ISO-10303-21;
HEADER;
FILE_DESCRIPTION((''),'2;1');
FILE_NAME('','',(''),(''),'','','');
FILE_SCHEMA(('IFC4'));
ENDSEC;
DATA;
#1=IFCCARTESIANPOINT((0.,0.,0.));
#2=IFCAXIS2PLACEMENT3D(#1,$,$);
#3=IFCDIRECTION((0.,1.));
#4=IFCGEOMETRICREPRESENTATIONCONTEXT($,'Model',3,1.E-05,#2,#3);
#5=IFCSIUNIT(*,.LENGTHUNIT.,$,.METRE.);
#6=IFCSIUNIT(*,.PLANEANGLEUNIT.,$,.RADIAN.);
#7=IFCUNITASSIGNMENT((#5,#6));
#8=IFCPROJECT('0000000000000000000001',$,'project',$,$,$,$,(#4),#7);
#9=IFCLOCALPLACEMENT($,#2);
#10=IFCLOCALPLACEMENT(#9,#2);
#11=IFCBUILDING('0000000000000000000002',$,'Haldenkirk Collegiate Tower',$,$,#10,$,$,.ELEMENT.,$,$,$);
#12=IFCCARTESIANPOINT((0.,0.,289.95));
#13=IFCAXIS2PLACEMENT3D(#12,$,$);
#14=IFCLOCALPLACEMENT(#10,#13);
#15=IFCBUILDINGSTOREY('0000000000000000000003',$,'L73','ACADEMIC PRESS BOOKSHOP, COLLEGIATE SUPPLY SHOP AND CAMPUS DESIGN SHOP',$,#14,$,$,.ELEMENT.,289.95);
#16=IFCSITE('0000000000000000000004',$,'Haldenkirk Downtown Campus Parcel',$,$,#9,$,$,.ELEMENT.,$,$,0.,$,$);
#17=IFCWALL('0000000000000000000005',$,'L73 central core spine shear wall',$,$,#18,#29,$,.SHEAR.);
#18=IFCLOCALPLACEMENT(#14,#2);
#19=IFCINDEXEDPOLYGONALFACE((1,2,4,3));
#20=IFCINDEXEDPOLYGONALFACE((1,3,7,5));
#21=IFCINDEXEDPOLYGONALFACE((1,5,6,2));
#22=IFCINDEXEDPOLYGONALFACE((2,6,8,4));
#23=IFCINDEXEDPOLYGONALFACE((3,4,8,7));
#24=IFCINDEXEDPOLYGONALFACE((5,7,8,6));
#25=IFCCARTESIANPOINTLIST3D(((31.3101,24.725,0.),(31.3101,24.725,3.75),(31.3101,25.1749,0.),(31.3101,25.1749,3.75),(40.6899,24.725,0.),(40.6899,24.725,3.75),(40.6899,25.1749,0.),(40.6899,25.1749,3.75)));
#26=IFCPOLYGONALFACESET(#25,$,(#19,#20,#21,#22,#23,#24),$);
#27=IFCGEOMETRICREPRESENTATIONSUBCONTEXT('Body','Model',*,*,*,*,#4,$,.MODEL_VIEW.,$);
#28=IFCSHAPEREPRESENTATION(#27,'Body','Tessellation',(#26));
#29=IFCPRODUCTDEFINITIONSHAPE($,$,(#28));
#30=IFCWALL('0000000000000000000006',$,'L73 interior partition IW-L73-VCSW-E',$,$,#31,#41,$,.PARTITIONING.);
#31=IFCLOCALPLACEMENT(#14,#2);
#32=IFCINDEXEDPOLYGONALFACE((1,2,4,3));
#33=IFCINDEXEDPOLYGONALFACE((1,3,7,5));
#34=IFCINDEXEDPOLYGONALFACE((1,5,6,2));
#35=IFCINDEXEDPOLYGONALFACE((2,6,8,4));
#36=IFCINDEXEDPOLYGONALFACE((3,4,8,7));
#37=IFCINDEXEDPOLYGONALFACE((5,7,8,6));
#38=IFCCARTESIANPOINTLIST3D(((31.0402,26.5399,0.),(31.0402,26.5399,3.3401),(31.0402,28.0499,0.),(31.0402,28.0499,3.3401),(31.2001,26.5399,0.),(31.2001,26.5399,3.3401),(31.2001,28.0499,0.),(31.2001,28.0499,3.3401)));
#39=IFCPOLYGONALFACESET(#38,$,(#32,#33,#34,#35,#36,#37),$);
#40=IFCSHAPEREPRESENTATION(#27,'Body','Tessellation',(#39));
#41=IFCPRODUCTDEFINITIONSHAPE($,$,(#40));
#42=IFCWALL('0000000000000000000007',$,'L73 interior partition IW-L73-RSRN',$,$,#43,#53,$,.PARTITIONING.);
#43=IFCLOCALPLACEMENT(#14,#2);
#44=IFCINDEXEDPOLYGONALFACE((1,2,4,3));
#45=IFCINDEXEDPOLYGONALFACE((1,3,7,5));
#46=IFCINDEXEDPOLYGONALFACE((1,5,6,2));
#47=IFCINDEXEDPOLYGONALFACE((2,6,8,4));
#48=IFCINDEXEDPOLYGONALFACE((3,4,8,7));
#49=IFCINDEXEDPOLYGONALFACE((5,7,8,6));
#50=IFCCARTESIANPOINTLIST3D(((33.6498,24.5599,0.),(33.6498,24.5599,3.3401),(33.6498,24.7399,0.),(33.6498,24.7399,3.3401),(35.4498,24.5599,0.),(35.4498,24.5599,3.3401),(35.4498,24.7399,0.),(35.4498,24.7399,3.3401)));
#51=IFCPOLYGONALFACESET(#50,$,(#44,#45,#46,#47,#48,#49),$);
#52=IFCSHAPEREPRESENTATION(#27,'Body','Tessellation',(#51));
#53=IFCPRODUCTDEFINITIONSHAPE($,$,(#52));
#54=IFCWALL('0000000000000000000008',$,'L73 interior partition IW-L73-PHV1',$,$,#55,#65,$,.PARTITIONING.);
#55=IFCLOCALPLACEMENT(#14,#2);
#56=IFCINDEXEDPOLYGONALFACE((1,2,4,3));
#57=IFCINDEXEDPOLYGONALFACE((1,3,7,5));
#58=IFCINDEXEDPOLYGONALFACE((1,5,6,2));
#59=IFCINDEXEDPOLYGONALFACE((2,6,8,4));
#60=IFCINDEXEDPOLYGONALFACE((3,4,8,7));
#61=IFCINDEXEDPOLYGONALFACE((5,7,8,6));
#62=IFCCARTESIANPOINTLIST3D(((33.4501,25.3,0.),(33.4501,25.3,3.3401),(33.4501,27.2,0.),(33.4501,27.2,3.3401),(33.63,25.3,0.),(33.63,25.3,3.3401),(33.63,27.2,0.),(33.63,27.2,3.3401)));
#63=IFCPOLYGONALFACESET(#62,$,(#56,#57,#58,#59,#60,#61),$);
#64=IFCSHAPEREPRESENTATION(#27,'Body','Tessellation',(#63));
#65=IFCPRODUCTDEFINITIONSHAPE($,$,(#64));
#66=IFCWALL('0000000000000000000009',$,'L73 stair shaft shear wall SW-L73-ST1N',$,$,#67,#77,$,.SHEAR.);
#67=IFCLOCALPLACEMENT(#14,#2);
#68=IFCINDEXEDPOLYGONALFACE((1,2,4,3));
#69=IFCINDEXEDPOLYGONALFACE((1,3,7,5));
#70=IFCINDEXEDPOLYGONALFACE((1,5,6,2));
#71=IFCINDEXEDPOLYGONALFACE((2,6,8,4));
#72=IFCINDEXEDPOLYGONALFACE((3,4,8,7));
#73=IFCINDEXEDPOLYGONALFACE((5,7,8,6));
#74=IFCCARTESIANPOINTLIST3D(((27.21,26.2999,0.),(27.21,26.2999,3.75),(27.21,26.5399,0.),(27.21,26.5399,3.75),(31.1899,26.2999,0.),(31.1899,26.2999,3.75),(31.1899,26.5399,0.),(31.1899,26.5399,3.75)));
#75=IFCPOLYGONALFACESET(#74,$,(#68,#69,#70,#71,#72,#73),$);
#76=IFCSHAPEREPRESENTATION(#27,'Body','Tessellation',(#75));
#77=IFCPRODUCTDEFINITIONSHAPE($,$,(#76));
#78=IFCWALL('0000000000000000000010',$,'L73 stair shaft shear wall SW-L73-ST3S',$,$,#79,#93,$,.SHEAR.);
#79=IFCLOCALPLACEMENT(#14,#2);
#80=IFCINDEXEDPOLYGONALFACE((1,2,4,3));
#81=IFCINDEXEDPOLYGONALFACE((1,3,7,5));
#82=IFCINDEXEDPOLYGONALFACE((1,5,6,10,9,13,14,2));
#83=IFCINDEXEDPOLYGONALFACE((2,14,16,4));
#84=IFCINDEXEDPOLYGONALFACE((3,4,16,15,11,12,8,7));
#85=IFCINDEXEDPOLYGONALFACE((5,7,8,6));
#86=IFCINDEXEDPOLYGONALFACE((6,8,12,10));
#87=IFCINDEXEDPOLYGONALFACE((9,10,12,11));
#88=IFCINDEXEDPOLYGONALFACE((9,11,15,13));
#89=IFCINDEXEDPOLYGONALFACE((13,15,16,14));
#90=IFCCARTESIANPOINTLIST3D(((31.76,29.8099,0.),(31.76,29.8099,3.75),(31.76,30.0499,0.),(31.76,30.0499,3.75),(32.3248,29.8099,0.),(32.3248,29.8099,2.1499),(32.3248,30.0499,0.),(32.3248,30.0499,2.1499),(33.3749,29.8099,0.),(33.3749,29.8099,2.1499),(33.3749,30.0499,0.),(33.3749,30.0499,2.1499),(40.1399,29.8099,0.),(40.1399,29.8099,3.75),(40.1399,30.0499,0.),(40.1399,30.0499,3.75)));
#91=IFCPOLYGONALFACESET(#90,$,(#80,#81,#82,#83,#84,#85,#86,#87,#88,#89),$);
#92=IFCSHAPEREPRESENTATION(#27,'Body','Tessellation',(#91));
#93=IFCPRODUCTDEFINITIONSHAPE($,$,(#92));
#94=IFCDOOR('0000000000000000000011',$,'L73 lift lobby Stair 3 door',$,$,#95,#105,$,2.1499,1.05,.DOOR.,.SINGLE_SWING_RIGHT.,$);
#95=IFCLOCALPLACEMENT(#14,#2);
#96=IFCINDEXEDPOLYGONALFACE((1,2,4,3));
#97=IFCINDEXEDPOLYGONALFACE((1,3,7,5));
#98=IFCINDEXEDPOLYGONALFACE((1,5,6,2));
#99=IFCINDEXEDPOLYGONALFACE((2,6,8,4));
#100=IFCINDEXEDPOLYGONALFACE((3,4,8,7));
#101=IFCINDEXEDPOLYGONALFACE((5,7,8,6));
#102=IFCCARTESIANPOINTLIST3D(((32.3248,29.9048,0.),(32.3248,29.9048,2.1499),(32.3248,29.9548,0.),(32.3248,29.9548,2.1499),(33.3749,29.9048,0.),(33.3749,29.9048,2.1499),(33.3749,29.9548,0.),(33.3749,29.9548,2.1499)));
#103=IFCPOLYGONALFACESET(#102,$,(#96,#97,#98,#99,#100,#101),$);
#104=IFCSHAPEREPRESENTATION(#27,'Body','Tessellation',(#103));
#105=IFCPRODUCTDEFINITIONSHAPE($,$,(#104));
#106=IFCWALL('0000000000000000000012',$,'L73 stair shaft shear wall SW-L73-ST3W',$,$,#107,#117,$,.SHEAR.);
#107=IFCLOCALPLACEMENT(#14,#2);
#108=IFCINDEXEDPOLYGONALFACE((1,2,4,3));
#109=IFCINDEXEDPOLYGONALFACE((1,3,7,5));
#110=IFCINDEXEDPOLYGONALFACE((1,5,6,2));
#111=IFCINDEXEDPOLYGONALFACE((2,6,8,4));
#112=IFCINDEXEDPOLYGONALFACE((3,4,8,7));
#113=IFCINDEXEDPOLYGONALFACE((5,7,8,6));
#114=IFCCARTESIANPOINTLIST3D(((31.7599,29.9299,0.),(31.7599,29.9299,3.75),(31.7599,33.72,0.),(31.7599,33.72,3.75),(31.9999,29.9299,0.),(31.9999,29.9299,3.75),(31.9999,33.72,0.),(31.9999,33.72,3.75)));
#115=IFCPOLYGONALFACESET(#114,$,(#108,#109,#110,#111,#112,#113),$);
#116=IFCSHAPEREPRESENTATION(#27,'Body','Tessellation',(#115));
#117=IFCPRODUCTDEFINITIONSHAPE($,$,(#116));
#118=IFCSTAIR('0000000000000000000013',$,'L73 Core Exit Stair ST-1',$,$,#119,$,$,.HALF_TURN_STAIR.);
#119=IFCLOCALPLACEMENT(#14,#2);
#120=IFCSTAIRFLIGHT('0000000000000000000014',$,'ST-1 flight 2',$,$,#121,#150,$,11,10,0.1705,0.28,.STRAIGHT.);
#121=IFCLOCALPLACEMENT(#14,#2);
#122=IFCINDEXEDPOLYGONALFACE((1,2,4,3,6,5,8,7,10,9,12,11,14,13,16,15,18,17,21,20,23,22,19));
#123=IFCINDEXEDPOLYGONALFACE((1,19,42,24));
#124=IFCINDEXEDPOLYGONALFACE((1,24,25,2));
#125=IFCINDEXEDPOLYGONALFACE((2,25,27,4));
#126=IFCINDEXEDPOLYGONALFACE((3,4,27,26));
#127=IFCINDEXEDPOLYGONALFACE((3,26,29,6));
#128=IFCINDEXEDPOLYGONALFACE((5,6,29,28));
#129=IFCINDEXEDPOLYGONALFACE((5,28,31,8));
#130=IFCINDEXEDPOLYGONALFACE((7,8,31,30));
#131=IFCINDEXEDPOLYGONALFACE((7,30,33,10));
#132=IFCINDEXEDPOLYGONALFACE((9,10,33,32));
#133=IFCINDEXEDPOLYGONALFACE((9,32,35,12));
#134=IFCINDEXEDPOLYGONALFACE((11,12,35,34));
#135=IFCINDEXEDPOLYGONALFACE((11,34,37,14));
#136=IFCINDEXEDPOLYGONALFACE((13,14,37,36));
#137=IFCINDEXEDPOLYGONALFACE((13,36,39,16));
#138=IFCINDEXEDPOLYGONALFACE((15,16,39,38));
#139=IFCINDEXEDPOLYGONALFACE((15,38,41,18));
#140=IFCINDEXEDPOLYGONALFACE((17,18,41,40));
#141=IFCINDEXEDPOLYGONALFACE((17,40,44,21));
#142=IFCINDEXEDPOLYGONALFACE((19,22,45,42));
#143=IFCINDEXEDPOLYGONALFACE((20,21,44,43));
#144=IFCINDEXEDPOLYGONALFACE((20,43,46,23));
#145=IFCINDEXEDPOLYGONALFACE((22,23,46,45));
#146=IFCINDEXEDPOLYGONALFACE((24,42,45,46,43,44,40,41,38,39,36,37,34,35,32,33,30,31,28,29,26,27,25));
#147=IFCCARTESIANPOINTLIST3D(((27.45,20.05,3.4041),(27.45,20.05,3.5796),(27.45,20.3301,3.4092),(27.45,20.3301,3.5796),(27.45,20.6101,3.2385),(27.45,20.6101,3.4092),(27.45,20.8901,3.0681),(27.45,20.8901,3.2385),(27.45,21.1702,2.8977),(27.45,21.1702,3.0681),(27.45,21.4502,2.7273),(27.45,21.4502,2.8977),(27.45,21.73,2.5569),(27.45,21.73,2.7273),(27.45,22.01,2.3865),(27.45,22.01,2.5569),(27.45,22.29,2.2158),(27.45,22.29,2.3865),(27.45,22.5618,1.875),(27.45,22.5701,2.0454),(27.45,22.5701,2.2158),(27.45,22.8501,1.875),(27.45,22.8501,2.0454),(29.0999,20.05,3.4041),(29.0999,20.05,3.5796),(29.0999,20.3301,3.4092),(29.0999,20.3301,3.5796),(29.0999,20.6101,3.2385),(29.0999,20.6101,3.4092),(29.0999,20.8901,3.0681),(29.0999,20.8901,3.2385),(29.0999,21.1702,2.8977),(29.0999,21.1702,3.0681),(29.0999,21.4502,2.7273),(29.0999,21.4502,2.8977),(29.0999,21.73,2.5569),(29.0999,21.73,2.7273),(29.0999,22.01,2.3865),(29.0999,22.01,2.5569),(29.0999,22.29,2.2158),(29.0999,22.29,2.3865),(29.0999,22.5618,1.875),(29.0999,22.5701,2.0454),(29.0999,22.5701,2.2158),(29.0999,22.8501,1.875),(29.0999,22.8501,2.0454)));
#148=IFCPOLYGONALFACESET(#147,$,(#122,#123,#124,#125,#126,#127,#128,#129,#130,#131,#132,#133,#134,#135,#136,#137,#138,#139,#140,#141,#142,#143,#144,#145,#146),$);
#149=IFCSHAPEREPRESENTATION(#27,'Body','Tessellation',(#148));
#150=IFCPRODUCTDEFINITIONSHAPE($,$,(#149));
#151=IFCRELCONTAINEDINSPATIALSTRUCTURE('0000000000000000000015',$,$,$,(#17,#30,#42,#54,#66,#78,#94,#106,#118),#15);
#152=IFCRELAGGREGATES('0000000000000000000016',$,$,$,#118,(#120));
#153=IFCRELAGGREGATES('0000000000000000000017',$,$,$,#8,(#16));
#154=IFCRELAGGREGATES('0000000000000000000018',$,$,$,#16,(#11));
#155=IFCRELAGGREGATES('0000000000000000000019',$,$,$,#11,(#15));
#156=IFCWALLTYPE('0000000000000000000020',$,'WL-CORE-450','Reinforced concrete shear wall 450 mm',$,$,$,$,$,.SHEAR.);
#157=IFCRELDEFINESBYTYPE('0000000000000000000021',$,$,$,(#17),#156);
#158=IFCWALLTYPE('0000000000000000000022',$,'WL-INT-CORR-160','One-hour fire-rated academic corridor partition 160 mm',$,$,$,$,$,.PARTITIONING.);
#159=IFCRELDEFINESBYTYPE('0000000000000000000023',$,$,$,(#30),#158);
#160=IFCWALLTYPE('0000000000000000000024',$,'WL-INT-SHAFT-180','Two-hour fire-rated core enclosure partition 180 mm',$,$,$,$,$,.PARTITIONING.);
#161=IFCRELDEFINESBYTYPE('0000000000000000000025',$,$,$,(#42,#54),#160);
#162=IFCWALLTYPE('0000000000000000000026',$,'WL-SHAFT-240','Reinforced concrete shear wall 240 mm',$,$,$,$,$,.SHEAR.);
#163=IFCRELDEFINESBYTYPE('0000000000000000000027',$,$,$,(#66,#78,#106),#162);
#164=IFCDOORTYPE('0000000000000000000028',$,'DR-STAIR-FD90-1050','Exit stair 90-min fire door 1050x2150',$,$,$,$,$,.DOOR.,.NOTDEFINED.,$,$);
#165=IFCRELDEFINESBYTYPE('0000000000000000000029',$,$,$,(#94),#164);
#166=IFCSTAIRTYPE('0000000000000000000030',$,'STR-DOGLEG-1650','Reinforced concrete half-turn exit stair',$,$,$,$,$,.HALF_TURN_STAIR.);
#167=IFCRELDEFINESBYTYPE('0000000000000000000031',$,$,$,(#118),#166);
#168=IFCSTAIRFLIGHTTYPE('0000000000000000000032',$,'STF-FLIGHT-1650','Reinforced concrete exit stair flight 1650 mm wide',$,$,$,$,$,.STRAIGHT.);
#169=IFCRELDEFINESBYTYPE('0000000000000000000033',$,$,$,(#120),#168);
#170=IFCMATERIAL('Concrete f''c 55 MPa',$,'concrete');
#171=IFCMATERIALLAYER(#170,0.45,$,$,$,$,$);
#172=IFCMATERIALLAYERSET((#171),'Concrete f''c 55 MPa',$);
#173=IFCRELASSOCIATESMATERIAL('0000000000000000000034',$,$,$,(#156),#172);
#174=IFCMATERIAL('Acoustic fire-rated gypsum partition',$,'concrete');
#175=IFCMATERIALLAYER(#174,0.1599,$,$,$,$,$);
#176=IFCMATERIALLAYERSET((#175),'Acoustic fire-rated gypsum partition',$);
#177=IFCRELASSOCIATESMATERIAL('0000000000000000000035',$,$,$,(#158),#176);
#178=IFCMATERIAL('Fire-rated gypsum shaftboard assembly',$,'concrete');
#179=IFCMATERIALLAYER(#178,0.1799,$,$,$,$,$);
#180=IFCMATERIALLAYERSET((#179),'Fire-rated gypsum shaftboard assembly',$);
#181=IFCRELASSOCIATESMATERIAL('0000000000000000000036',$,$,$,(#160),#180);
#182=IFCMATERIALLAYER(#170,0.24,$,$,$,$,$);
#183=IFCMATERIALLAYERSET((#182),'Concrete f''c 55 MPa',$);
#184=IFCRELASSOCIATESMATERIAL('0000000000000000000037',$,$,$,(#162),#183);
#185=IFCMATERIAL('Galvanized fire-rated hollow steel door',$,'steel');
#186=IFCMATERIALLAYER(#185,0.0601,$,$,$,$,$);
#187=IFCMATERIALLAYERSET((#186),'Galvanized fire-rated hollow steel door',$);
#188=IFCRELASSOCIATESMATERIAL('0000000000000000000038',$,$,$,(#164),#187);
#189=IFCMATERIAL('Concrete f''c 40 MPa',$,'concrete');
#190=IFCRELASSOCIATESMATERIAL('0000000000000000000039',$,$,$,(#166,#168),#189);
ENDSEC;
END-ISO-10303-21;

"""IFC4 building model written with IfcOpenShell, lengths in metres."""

from ifc_helpers import new_model, si_unit, direction, frame, frame_2d, origin, place, context, subcontext, project, spatial, polyline, rectangle, outline, extrude, material, layer, layer_set, type_object, element, fill, aggregate, save


model = new_model("IFC4")

# Units and contexts
model_context = context("Model", 3, precision=1e-05, world=origin(), true_north=direction((0.0, 1.0)))
body_context = subcontext(model_context, "Body", "Model", "MODEL_VIEW")
ifc_project = project(units=[si_unit("LENGTHUNIT", "METRE"), si_unit("PLANEANGLEUNIT", "RADIAN")], contexts=[model_context])

# Site, building, storey
site_placement = place(None, origin())
site = spatial("IfcSite", under=ifc_project, at=site_placement, Name="Haldenkirk Downtown Campus Parcel", CompositionType="ELEMENT", RefElevation=0.0)
building_placement = place(site_placement, origin())
building = spatial("IfcBuilding", under=site, at=building_placement, Name="Haldenkirk Collegiate Tower", CompositionType="ELEMENT")
storey_placement = place(building_placement, frame((0.0, 0.0, 289.95)))
storey = spatial("IfcBuildingStorey", under=building, at=storey_placement, Name="L73", Description="ACADEMIC PRESS BOOKSHOP, COLLEGIATE SUPPLY SHOP AND CAMPUS DESIGN SHOP", CompositionType="ELEMENT", Elevation=289.95)

# Wall
ifc_material_1 = material(Name="Concrete f'c 55 MPa", Category="concrete")
ifc_layer_1 = layer(ifc_material_1, 0.45)
ifc_layer_set_1 = layer_set([ifc_layer_1], Name="Concrete f'c 55 MPa")
wall_type_1 = type_object("IfcWallType", Name="WL-CORE-450", Description="Reinforced concrete shear wall 450 mm", PredefinedType="SHEAR", material=ifc_layer_set_1)
wall_1_placement = place(storey_placement, frame((31.3101, 24.95, 0.0), z_axis=(0.0, 0.0, 1.0), x_axis=(1.0, 0.0, 0.0)))
element("IfcWall", 1, at=wall_1_placement, inside=storey, type_object=wall_type_1, Name="L73 central core spine shear wall", PredefinedType="SHEAR", context=body_context, shape_type="SweptSolid", body=[
    extrude(rectangle(XDim=9.3799, YDim=0.45, at=frame_2d((4.6899, 0.0))), origin(), (0.0, 0.0, 1.0), 3.75),
])

# Shared definitions
ifc_material_2 = material(Name="Acoustic fire-rated gypsum partition", Category="concrete")
ifc_layer_2 = layer(ifc_material_2, 0.1599)
ifc_layer_set_2 = layer_set([ifc_layer_2], Name="Acoustic fire-rated gypsum partition")
wall_type_2 = type_object("IfcWallType", Name="WL-INT-CORR-160", Description="One-hour fire-rated academic corridor partition 160 mm", PredefinedType="PARTITIONING", material=ifc_layer_set_2)

# Wall
wall_2_placement = place(storey_placement, frame((31.1201, 26.54, 0.0), z_axis=(0.0, 0.0, 1.0), x_axis=(0.0, 1.0, 0.0)))
element("IfcWall", 2, at=wall_2_placement, inside=storey, type_object=wall_type_2, Name="L73 interior partition IW-L73-VCSW-E", PredefinedType="PARTITIONING", context=body_context, shape_type="SweptSolid", body=[
    extrude(rectangle(XDim=1.51, YDim=0.1599, at=frame_2d((0.7549, 0.0))), origin(), (0.0, 0.0, 1.0), 3.3401),
])

# Wall
ifc_material_3 = material(Name="Fire-rated gypsum shaftboard assembly", Category="concrete")
ifc_layer_3 = layer(ifc_material_3, 0.1799)
ifc_layer_set_3 = layer_set([ifc_layer_3], Name="Fire-rated gypsum shaftboard assembly")
wall_type_3 = type_object("IfcWallType", Name="WL-INT-SHAFT-180", Description="Two-hour fire-rated core enclosure partition 180 mm", PredefinedType="PARTITIONING", material=ifc_layer_set_3)
wall_3_placement = place(storey_placement, frame((33.6499, 24.6499, 0.0), z_axis=(0.0, 0.0, 1.0), x_axis=(1.0, 0.0, 0.0)))
element("IfcWall", 3, at=wall_3_placement, inside=storey, type_object=wall_type_3, Name="L73 interior partition IW-L73-RSRN", PredefinedType="PARTITIONING", context=body_context, shape_type="SweptSolid", body=[
    extrude(rectangle(XDim=1.8, YDim=0.1799, at=frame_2d((0.8999, 0.0))), origin(), (0.0, 0.0, 1.0), 3.3401),
])

# Walls
wall_4_placement = place(storey_placement, frame((33.54, 25.3, 0.0), z_axis=(0.0, 0.0, 1.0), x_axis=(0.0, 1.0, 0.0)))
element("IfcWall", 4, at=wall_4_placement, inside=storey, type_object=wall_type_3, Name="L73 interior partition IW-L73-PHV1", PredefinedType="PARTITIONING", context=body_context, shape_type="SweptSolid", body=[
    extrude(rectangle(XDim=1.8999, YDim=0.1799, at=frame_2d((0.95, 0.0))), origin(), (0.0, 0.0, 1.0), 3.3401),
])
ifc_layer_4 = layer(ifc_material_1, 0.24)
ifc_layer_set_4 = layer_set([ifc_layer_4], Name="Concrete f'c 55 MPa")
wall_type_4 = type_object("IfcWallType", Name="WL-SHAFT-240", Description="Reinforced concrete shear wall 240 mm", PredefinedType="SHEAR", material=ifc_layer_set_4)
wall_5_placement = place(storey_placement, frame((27.21, 26.4199, 0.0), z_axis=(0.0, 0.0, 1.0), x_axis=(1.0, 0.0, 0.0)))
element("IfcWall", 5, at=wall_5_placement, inside=storey, type_object=wall_type_4, Name="L73 stair shaft shear wall SW-L73-ST1N", PredefinedType="SHEAR", context=body_context, shape_type="SweptSolid", body=[
    extrude(rectangle(XDim=3.98, YDim=0.24, at=frame_2d((1.99, 0.0))), origin(), (0.0, 0.0, 1.0), 3.75),
])

# Wall, opening, door
wall_6_placement = place(storey_placement, frame((31.76, 29.9299, 0.0), z_axis=(0.0, 0.0, 1.0), x_axis=(1.0, 0.0, 0.0)))
wall_6 = element("IfcWall", 6, at=wall_6_placement, inside=storey, type_object=wall_type_4, Name="L73 stair shaft shear wall SW-L73-ST3S", PredefinedType="SHEAR", context=body_context, shape_type="SweptSolid", body=[
    extrude(rectangle(XDim=8.3799, YDim=0.24, at=frame_2d((4.1899, 0.0))), origin(), (0.0, 0.0, 1.0), 3.75),
])
opening_1_placement = place(wall_6_placement, frame((0.5649, 0.0, 0.0)))
opening_1 = element("IfcOpeningElement", 7, at=opening_1_placement, cuts=wall_6, PredefinedType="OPENING", context=body_context, shape_type="SweptSolid", body=[
    extrude(rectangle(XDim=1.05, YDim=2.1499, at=frame_2d((0.5249, 1.075))), frame((0.0, 0.1299, 0.0), z_axis=(0.0, -1.0, 0.0), x_axis=(1.0, 0.0, 0.0)), (0.0, 0.0, 1.0), 0.26),
])
ifc_material_4 = material(Name="Galvanized fire-rated hollow steel door", Category="steel")
ifc_layer_5 = layer(ifc_material_4, 0.0601)
ifc_layer_set_5 = layer_set([ifc_layer_5], Name="Galvanized fire-rated hollow steel door")
door_type_1 = type_object("IfcDoorType", Name="DR-STAIR-FD90-1050", Description="Exit stair 90-min fire door 1050x2150", OperationType="NOTDEFINED", PredefinedType="DOOR", material=ifc_layer_set_5)
door_1_placement = place(opening_1_placement, origin())
door_1 = element("IfcDoor", 8, at=door_1_placement, inside=storey, type_object=door_type_1, Name="L73 lift lobby Stair 3 door", OperationType="SINGLE_SWING_RIGHT", OverallHeight=2.1499, OverallWidth=1.05, PredefinedType="DOOR", context=body_context, shape_type="SweptSolid", body=[
    extrude(rectangle(XDim=1.05, YDim=2.1499, at=frame_2d((0.5249, 1.075))), frame((0.0, 0.0249, 0.0), z_axis=(0.0, -1.0, 0.0), x_axis=(1.0, 0.0, 0.0)), (0.0, 0.0, 1.0), 0.05),
])
fill(opening_1, door_1)

# Wall
wall_7_placement = place(storey_placement, frame((31.8799, 29.9299, 0.0), z_axis=(0.0, 0.0, 1.0), x_axis=(0.0, 1.0, 0.0)))
element("IfcWall", 9, at=wall_7_placement, inside=storey, type_object=wall_type_4, Name="L73 stair shaft shear wall SW-L73-ST3W", PredefinedType="SHEAR", context=body_context, shape_type="SweptSolid", body=[
    extrude(rectangle(XDim=3.79, YDim=0.24, at=frame_2d((1.895, 0.0))), origin(), (0.0, 0.0, 1.0), 3.75),
])

# Stair, stair flight
ifc_material_5 = material(Name="Concrete f'c 40 MPa", Category="concrete")
stair_type = type_object("IfcStairType", Name="STR-DOGLEG-1650", Description="Reinforced concrete half-turn exit stair", PredefinedType="HALF_TURN_STAIR", material=ifc_material_5)
stair_1_placement = place(storey_placement, origin())
stair_1 = element("IfcStair", 10, at=stair_1_placement, inside=storey, type_object=stair_type, Name="L73 Core Exit Stair ST-1", PredefinedType="HALF_TURN_STAIR")
stair_flight_type = type_object("IfcStairFlightType", Name="STF-FLIGHT-1650", Description="Reinforced concrete exit stair flight 1650 mm wide", PredefinedType="STRAIGHT", material=ifc_material_5)
stair_flight_1_placement = place(storey_placement, frame((28.2749, 22.8501, 1.875), z_axis=(0.0, 0.0, 1.0), x_axis=(0.0, -1.0, 0.0)))
stair_flight_1 = element("IfcStairFlight", 11, at=stair_flight_1_placement, type_object=stair_flight_type, Name="ST-1 flight 2", NumberOfRisers=11, NumberOfTreads=10, PredefinedType="STRAIGHT", RiserHeight=0.1705, TreadLength=0.28, context=body_context, shape_type="SweptSolid", body=[
    extrude(outline(polyline([(0.0, 0.0), (0.0, 0.1704), (0.28, 0.1704), (0.28, 0.3408), (0.5601, 0.3408), (0.5601, 0.5115), (0.8401, 0.5115), (0.8401, 0.6819), (1.1201, 0.6819), (1.1201, 0.8523), (1.3999, 0.8523), (1.3999, 1.0227), (1.6799, 1.0227), (1.6799, 1.1931), (1.96, 1.1931), (1.96, 1.3635), (2.24, 1.3635), (2.24, 1.5342), (2.52, 1.5342), (2.52, 1.7046), (2.8, 1.7046), (2.8, 1.875), (2.8, 1.5291), (0.2883, 0.0), (0.0, 0.0)])), frame((0.0, 0.825, 0.0), z_axis=(0.0, -1.0, 0.0), x_axis=(1.0, 0.0, 0.0)), (0.0, 0.0, 1.0), 1.6499),
])
aggregate(stair_1, [stair_flight_1])

save(model, "model.ifc")
